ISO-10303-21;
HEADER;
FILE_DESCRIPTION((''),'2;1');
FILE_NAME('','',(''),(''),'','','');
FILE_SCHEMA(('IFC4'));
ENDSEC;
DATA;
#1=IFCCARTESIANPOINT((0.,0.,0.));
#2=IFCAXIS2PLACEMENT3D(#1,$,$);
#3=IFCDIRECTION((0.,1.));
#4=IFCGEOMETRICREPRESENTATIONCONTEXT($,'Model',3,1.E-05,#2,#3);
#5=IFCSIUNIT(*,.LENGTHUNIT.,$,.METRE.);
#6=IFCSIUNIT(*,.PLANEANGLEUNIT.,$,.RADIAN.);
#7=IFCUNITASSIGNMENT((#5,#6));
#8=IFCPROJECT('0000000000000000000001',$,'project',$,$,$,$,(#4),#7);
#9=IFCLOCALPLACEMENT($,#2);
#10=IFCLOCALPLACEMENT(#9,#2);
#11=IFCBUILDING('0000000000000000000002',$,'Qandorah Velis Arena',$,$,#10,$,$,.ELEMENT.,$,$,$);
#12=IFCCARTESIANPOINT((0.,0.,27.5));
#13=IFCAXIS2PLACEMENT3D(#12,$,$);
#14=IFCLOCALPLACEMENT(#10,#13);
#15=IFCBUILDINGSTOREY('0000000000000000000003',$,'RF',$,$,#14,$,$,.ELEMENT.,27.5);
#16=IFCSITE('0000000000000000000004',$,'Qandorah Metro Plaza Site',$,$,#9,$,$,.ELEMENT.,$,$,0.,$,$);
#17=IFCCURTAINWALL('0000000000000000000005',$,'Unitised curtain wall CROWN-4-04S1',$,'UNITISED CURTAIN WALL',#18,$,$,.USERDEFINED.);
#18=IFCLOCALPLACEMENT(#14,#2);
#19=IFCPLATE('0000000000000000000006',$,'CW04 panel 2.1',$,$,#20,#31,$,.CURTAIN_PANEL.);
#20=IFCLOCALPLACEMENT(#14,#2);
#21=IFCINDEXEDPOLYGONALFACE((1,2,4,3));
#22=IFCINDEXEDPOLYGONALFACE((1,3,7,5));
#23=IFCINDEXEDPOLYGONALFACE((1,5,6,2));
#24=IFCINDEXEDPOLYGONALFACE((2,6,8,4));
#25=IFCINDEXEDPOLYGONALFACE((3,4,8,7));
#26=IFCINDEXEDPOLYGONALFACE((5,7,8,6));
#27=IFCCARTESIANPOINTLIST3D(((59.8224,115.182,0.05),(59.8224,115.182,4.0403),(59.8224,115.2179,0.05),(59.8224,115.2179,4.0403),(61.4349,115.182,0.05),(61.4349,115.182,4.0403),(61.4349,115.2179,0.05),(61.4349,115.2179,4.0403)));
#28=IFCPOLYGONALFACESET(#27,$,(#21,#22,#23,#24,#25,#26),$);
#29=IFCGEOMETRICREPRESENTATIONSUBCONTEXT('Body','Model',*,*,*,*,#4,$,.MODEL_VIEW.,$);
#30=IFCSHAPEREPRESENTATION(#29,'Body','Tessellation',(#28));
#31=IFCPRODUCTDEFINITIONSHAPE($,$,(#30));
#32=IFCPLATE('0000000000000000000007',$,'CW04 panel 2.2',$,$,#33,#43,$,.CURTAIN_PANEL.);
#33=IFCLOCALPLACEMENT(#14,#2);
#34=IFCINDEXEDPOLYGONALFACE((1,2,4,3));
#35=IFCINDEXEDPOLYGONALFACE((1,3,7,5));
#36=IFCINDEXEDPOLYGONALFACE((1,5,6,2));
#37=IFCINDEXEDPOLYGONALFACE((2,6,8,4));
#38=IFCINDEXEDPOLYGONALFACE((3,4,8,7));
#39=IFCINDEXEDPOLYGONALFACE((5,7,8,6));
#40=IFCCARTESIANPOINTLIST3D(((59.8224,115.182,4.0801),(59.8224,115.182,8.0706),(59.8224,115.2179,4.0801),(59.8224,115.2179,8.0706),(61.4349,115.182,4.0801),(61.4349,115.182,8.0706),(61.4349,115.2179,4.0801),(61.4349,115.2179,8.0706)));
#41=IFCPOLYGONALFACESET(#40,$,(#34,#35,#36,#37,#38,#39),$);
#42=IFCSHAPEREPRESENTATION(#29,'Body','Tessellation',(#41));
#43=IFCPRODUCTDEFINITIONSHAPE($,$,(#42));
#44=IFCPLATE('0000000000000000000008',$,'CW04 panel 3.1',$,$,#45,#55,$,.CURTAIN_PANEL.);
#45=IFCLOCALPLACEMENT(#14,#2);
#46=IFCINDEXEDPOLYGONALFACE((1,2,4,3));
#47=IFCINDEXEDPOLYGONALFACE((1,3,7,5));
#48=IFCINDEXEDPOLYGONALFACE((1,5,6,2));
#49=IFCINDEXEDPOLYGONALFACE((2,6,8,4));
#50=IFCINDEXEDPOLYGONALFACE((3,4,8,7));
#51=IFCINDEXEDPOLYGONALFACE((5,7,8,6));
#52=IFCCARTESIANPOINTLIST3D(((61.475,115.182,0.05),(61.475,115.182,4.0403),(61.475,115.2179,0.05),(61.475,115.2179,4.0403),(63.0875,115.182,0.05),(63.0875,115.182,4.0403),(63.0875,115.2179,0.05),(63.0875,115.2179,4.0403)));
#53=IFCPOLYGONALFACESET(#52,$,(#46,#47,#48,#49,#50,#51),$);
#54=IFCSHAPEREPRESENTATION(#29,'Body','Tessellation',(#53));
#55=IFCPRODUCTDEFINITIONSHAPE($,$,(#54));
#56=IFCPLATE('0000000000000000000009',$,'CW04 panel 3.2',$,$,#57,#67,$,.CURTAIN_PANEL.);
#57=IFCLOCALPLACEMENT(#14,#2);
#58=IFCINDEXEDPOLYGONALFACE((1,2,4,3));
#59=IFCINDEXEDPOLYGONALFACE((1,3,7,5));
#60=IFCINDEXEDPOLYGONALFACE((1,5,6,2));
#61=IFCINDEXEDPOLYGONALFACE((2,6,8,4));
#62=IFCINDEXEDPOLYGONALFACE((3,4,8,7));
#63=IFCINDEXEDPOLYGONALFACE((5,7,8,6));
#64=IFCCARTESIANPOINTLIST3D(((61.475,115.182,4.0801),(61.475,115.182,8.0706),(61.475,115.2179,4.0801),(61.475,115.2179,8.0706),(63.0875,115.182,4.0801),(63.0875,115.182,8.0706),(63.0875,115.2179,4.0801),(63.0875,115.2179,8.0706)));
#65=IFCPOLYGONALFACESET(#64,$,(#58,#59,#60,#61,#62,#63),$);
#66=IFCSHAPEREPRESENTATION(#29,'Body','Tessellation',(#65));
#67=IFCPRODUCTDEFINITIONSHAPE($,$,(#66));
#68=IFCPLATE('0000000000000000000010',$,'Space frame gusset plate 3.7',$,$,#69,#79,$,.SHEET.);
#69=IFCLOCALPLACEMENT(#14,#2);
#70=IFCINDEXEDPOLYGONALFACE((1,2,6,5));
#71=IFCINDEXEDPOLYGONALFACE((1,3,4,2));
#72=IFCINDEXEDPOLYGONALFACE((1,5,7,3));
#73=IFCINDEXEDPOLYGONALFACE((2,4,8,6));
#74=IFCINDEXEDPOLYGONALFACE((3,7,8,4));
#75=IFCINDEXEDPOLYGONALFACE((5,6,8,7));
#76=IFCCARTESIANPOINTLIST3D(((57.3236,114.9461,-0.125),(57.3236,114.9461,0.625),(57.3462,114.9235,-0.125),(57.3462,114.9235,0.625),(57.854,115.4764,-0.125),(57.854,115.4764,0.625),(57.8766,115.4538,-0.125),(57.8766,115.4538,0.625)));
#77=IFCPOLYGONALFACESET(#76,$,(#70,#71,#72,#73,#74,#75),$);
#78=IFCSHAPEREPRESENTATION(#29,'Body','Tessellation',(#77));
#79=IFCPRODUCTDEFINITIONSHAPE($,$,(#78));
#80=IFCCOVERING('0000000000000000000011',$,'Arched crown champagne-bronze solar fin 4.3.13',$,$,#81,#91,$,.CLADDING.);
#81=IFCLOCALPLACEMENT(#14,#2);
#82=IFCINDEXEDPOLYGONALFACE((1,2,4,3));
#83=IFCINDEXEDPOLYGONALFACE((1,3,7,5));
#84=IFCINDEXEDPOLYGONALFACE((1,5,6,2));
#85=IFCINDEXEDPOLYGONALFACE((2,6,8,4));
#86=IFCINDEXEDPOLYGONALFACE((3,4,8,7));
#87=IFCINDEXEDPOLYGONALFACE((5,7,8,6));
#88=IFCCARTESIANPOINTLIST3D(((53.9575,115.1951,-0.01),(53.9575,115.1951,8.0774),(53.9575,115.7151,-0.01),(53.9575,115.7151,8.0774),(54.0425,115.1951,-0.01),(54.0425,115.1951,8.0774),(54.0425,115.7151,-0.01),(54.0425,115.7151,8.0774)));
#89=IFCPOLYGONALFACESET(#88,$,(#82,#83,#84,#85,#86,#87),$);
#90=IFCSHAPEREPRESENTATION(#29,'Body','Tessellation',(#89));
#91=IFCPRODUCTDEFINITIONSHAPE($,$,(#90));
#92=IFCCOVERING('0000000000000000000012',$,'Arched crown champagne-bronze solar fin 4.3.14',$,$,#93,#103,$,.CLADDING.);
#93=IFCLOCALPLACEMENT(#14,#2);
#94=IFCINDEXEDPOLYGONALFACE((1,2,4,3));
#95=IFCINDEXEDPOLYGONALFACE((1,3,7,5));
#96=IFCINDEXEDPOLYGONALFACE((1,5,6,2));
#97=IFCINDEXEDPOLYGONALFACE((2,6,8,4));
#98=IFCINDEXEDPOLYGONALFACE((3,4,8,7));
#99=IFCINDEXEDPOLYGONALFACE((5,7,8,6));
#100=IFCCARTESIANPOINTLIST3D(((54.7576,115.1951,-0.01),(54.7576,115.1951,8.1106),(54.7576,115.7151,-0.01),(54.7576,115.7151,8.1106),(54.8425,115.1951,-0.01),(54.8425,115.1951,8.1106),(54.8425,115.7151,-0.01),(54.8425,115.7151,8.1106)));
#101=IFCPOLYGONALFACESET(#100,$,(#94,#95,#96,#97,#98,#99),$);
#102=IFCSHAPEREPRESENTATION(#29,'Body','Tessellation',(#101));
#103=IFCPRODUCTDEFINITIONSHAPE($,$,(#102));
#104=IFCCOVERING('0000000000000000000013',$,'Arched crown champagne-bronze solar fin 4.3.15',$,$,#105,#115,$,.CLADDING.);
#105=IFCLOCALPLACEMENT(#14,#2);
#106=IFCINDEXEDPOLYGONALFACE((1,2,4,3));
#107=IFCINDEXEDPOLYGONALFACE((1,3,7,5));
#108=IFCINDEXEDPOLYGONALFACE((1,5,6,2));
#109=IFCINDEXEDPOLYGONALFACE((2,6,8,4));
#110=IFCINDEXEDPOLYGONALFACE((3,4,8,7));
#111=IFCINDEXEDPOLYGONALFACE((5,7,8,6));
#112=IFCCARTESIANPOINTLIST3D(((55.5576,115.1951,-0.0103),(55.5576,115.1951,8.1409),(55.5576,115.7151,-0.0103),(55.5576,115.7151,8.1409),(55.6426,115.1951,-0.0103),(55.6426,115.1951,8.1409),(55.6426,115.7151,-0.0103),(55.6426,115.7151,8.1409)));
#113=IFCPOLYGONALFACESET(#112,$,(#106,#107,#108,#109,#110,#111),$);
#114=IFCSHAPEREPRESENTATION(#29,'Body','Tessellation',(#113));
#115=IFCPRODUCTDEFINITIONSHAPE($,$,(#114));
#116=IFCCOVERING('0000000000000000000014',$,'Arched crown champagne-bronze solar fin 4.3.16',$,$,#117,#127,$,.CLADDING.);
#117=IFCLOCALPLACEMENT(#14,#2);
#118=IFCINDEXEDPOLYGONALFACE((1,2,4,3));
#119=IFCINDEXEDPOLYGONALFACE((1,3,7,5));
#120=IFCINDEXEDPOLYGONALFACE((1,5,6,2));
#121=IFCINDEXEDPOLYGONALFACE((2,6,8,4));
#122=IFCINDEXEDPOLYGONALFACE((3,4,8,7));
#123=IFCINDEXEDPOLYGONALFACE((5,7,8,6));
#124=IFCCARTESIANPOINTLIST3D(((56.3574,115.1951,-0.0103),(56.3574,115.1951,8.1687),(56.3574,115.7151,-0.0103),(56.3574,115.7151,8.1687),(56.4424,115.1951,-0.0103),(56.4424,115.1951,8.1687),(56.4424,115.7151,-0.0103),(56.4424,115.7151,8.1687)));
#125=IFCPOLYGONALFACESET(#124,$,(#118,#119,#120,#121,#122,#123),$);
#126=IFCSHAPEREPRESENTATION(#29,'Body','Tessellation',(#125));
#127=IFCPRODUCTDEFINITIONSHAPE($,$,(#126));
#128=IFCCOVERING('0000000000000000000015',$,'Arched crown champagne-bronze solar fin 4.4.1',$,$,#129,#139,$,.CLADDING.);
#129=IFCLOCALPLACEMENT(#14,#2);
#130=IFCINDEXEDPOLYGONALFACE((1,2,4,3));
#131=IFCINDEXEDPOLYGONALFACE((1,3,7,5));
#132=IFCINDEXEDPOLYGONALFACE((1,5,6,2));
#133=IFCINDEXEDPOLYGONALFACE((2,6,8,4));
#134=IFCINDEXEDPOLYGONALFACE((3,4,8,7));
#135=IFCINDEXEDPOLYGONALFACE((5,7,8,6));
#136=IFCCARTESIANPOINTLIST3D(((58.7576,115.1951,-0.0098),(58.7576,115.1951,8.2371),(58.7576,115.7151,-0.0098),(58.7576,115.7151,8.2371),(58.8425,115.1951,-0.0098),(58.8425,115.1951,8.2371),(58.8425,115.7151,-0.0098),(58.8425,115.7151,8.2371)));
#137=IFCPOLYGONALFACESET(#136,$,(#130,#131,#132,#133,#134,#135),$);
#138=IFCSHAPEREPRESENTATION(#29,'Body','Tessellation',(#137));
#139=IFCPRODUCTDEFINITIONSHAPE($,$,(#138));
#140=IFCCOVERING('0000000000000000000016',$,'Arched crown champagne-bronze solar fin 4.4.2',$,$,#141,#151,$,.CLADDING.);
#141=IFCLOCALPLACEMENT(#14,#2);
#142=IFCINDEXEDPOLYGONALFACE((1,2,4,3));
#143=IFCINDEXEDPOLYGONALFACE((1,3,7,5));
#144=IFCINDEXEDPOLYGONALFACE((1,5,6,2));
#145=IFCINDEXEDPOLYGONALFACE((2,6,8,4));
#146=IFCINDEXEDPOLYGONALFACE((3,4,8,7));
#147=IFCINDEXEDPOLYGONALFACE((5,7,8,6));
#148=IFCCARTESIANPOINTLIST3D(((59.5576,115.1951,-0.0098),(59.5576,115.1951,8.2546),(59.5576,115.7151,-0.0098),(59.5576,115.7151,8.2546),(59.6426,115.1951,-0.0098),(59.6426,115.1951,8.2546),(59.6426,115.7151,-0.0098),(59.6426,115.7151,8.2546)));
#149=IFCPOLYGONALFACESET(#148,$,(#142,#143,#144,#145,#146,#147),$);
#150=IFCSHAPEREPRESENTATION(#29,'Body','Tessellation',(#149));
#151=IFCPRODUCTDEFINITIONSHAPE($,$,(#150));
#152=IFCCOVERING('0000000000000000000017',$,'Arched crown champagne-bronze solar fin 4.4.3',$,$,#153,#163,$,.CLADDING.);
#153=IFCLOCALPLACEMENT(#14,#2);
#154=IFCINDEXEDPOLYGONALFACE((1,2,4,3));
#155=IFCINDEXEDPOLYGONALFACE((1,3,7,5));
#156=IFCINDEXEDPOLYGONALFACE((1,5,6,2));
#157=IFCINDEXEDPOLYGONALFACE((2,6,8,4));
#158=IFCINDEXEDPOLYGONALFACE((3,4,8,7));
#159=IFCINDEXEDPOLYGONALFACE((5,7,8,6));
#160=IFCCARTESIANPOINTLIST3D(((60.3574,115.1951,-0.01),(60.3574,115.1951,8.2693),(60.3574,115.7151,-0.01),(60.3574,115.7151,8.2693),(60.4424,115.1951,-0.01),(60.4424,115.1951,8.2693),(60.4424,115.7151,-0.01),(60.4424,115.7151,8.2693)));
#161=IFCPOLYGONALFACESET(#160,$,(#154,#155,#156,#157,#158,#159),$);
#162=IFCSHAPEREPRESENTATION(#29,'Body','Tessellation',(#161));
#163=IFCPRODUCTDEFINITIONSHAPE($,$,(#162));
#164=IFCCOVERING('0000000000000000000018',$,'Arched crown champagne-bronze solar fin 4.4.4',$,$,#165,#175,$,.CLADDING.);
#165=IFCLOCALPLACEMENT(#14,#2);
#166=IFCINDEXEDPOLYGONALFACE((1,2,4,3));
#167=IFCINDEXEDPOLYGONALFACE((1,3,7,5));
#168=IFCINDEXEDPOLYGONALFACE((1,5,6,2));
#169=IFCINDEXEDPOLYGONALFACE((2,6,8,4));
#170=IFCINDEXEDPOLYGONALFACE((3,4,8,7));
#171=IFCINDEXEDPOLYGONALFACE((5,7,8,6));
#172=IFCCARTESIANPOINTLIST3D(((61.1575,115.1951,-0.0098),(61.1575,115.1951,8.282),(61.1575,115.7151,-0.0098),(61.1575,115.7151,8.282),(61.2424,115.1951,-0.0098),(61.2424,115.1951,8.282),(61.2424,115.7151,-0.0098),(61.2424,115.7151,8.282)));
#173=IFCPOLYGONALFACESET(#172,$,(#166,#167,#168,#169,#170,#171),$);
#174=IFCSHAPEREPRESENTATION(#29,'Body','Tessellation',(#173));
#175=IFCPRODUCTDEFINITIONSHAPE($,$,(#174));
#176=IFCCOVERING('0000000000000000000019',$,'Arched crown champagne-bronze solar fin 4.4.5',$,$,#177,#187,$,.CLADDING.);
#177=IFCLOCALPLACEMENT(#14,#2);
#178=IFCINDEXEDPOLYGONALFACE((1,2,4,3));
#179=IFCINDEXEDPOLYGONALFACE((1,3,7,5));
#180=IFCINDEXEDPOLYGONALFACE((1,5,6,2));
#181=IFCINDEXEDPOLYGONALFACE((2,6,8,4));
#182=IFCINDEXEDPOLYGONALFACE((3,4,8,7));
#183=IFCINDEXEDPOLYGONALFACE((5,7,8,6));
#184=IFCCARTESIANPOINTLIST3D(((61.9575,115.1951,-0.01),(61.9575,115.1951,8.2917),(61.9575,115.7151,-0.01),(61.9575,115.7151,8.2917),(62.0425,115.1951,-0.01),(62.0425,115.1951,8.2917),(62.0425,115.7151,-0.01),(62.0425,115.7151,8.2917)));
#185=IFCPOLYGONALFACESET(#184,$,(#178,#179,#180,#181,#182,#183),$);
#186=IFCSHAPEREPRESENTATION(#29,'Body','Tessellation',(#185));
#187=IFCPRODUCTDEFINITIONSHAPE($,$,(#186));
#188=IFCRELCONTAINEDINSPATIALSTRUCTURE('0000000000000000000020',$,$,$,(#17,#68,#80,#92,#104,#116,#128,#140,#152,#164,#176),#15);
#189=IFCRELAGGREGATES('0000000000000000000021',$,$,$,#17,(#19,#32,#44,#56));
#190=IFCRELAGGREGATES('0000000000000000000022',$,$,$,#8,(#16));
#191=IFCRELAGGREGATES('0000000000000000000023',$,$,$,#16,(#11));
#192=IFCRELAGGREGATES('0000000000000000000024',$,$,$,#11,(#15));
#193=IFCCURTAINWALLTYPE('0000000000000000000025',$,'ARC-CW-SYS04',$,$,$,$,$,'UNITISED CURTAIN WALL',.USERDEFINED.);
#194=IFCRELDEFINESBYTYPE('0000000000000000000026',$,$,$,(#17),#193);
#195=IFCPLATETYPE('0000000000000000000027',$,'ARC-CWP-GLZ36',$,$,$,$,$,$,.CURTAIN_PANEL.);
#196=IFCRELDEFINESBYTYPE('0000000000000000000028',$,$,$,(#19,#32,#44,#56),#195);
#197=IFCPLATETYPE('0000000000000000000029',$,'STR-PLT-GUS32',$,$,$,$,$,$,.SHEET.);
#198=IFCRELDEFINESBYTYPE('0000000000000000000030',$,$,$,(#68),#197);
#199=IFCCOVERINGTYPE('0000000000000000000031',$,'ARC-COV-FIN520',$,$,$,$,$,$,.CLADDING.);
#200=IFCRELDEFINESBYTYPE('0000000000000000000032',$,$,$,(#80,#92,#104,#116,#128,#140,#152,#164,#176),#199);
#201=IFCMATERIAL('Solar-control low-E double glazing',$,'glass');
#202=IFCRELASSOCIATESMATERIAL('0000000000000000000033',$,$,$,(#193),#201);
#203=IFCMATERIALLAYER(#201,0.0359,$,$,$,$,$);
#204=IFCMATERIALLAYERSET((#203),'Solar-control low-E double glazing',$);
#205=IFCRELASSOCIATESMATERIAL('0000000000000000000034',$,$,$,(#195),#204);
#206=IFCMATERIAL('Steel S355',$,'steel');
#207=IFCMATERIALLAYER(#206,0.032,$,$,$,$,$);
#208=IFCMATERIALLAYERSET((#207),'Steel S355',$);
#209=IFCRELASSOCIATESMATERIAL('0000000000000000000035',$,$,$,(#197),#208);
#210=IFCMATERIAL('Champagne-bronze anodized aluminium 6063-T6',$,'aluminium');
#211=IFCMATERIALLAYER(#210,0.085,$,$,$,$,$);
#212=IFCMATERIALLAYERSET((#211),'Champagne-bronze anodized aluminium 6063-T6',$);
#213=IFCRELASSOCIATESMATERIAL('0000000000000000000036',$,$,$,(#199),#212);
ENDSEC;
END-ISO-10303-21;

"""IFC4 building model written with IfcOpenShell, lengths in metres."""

from ifc_helpers import new_model, si_unit, direction, frame, origin, origin_2d, place, context, subcontext, project, spatial, rectangle, extrude, material, layer, layer_set, type_object, element, aggregate, save


model = new_model("IFC4")

# Units and contexts
model_context = context("Model", 3, precision=1e-05, world=origin(), true_north=direction((0.0, 1.0)))
body_context = subcontext(model_context, "Body", "Model", "MODEL_VIEW")
ifc_project = project(units=[si_unit("LENGTHUNIT", "METRE"), si_unit("PLANEANGLEUNIT", "RADIAN")], contexts=[model_context])

# Site, building, storey
site_placement = place(None, origin())
site = spatial("IfcSite", under=ifc_project, at=site_placement, Name="Qandorah Metro Plaza Site", CompositionType="ELEMENT", RefElevation=0.0)
building_placement = place(site_placement, origin())
building = spatial("IfcBuilding", under=site, at=building_placement, Name="Qandorah Velis Arena", CompositionType="ELEMENT")
storey_placement = place(building_placement, frame((0.0, 0.0, 27.5)))
storey = spatial("IfcBuildingStorey", under=building, at=storey_placement, Name="RF", CompositionType="ELEMENT", Elevation=27.5)

# Curtain wall
ifc_material_1 = material(Name="Solar-control low-E double glazing", Category="glass")
curtain_wall_type = type_object("IfcCurtainWallType", Name="ARC-CW-SYS04", ElementType="UNITISED CURTAIN WALL", PredefinedType="USERDEFINED", material=ifc_material_1)
curtain_wall_placement = place(storey_placement, origin())
curtain_wall = element("IfcCurtainWall", 1, at=curtain_wall_placement, inside=storey, type_object=curtain_wall_type, Name="Unitised curtain wall CROWN-4-04S1", ObjectType="UNITISED CURTAIN WALL", PredefinedType="USERDEFINED")
ifc_material_2 = material(Name="Champagne-bronze anodized aluminium 6063-T6", Category="aluminium")

# Shared definitions
ifc_material_3 = material(Name="Steel S355", Category="steel")

# Plates
ifc_layer_1 = layer(ifc_material_1, 0.0359)
ifc_layer_set_1 = layer_set([ifc_layer_1], Name="Solar-control low-E double glazing")
plate_type_1 = type_object("IfcPlateType", Name="ARC-CWP-GLZ36", PredefinedType="CURTAIN_PANEL", material=ifc_layer_set_1)
plate_1_placement = place(storey_placement, frame((60.6287, 115.2, 0.05), z_axis=(0.0, 0.0, 1.0), x_axis=(1.0, 0.0, 0.0)))
plate_1 = element("IfcPlate", 2, at=plate_1_placement, type_object=plate_type_1, Name="CW04 panel 2.1", PredefinedType="CURTAIN_PANEL", context=body_context, shape_type="SweptSolid", body=[
    extrude(rectangle(XDim=1.6125, YDim=0.0359, at=origin_2d()), origin(), (0.0, 0.0, 1.0), 3.9902),
])
plate_2_placement = place(storey_placement, frame((60.6287, 115.2, 4.0801), z_axis=(0.0, 0.0, 1.0), x_axis=(1.0, 0.0, 0.0)))
plate_2 = element("IfcPlate", 3, at=plate_2_placement, type_object=plate_type_1, Name="CW04 panel 2.2", PredefinedType="CURTAIN_PANEL", context=body_context, shape_type="SweptSolid", body=[
    extrude(rectangle(XDim=1.6125, YDim=0.0359, at=origin_2d()), origin(), (0.0, 0.0, 1.0), 3.9905),
])
plate_3_placement = place(storey_placement, frame((62.2812, 115.2, 0.05), z_axis=(0.0, 0.0, 1.0), x_axis=(1.0, 0.0, 0.0)))
plate_3 = element("IfcPlate", 4, at=plate_3_placement, type_object=plate_type_1, Name="CW04 panel 3.1", PredefinedType="CURTAIN_PANEL", context=body_context, shape_type="SweptSolid", body=[
    extrude(rectangle(XDim=1.6125, YDim=0.0359, at=origin_2d()), origin(), (0.0, 0.0, 1.0), 3.9902),
])
plate_4_placement = place(storey_placement, frame((62.2812, 115.2, 4.0801), z_axis=(0.0, 0.0, 1.0), x_axis=(1.0, 0.0, 0.0)))
plate_4 = element("IfcPlate", 5, at=plate_4_placement, type_object=plate_type_1, Name="CW04 panel 3.2", PredefinedType="CURTAIN_PANEL", context=body_context, shape_type="SweptSolid", body=[
    extrude(rectangle(XDim=1.6125, YDim=0.0359, at=origin_2d()), origin(), (0.0, 0.0, 1.0), 3.9905),
])
aggregate(curtain_wall, [plate_1, plate_2, plate_3, plate_4])
ifc_layer_2 = layer(ifc_material_3, 0.032)
ifc_layer_set_2 = layer_set([ifc_layer_2], Name="Steel S355")
plate_type_2 = type_object("IfcPlateType", Name="STR-PLT-GUS32", PredefinedType="SHEET", material=ifc_layer_set_2)
plate_5_placement = place(storey_placement, frame((57.6001, 115.2, -0.125), z_axis=(0.0, 0.0, 1.0), x_axis=(0.707107, 0.707107, 0.0)))
element("IfcPlate", 6, at=plate_5_placement, inside=storey, type_object=plate_type_2, Name="Space frame gusset plate 3.7", PredefinedType="SHEET", context=body_context, shape_type="SweptSolid", body=[
    extrude(rectangle(XDim=0.75, YDim=0.032, at=origin_2d()), origin(), (0.0, 0.0, 1.0), 0.75),
])

# Coverings
ifc_layer_3 = layer(ifc_material_2, 0.085)
ifc_layer_set_3 = layer_set([ifc_layer_3], Name="Champagne-bronze anodized aluminium 6063-T6")
covering_type = type_object("IfcCoveringType", Name="ARC-COV-FIN520", PredefinedType="CLADDING", material=ifc_layer_set_3)
covering_1_placement = place(storey_placement, frame((54.0, 115.4551, -0.01), z_axis=(0.0, 0.0, 1.0), x_axis=(1.0, 0.0, 0.0)))
element("IfcCovering", 7, at=covering_1_placement, inside=storey, type_object=covering_type, Name="Arched crown champagne-bronze solar fin 4.3.13", PredefinedType="CLADDING", context=body_context, shape_type="SweptSolid", body=[
    extrude(rectangle(XDim=0.085, YDim=0.52, at=origin_2d()), origin(), (0.0, 0.0, 1.0), 8.0874),
])
covering_2_placement = place(storey_placement, frame((54.8, 115.4551, -0.01), z_axis=(0.0, 0.0, 1.0), x_axis=(1.0, 0.0, 0.0)))
element("IfcCovering", 8, at=covering_2_placement, inside=storey, type_object=covering_type, Name="Arched crown champagne-bronze solar fin 4.3.14", PredefinedType="CLADDING", context=body_context, shape_type="SweptSolid", body=[
    extrude(rectangle(XDim=0.085, YDim=0.52, at=origin_2d()), origin(), (0.0, 0.0, 1.0), 8.1206),
])
covering_3_placement = place(storey_placement, frame((55.6001, 115.4551, -0.0103), z_axis=(0.0, 0.0, 1.0), x_axis=(1.0, 0.0, 0.0)))
element("IfcCovering", 9, at=covering_3_placement, inside=storey, type_object=covering_type, Name="Arched crown champagne-bronze solar fin 4.3.15", PredefinedType="CLADDING", context=body_context, shape_type="SweptSolid", body=[
    extrude(rectangle(XDim=0.085, YDim=0.52, at=origin_2d()), origin(), (0.0, 0.0, 1.0), 8.1511),
])
covering_4_placement = place(storey_placement, frame((56.3999, 115.4551, -0.0103), z_axis=(0.0, 0.0, 1.0), x_axis=(1.0, 0.0, 0.0)))
element("IfcCovering", 10, at=covering_4_placement, inside=storey, type_object=covering_type, Name="Arched crown champagne-bronze solar fin 4.3.16", PredefinedType="CLADDING", context=body_context, shape_type="SweptSolid", body=[
    extrude(rectangle(XDim=0.085, YDim=0.52, at=origin_2d()), origin(), (0.0, 0.0, 1.0), 8.179),
])
covering_5_placement = place(storey_placement, frame((58.8, 115.4551, -0.0098), z_axis=(0.0, 0.0, 1.0), x_axis=(1.0, 0.0, 0.0)))
element("IfcCovering", 11, at=covering_5_placement, inside=storey, type_object=covering_type, Name="Arched crown champagne-bronze solar fin 4.4.1", PredefinedType="CLADDING", context=body_context, shape_type="SweptSolid", body=[
    extrude(rectangle(XDim=0.085, YDim=0.52, at=origin_2d()), origin(), (0.0, 0.0, 1.0), 8.2468),
])
covering_6_placement = place(storey_placement, frame((59.6001, 115.4551, -0.0098), z_axis=(0.0, 0.0, 1.0), x_axis=(1.0, 0.0, 0.0)))
element("IfcCovering", 12, at=covering_6_placement, inside=storey, type_object=covering_type, Name="Arched crown champagne-bronze solar fin 4.4.2", PredefinedType="CLADDING", context=body_context, shape_type="SweptSolid", body=[
    extrude(rectangle(XDim=0.085, YDim=0.52, at=origin_2d()), origin(), (0.0, 0.0, 1.0), 8.2644),
])
covering_7_placement = place(storey_placement, frame((60.3999, 115.4551, -0.01), z_axis=(0.0, 0.0, 1.0), x_axis=(1.0, 0.0, 0.0)))
element("IfcCovering", 13, at=covering_7_placement, inside=storey, type_object=covering_type, Name="Arched crown champagne-bronze solar fin 4.4.3", PredefinedType="CLADDING", context=body_context, shape_type="SweptSolid", body=[
    extrude(rectangle(XDim=0.085, YDim=0.52, at=origin_2d()), origin(), (0.0, 0.0, 1.0), 8.2793),
])
covering_8_placement = place(storey_placement, frame((61.2, 115.4551, -0.0098), z_axis=(0.0, 0.0, 1.0), x_axis=(1.0, 0.0, 0.0)))
element("IfcCovering", 14, at=covering_8_placement, inside=storey, type_object=covering_type, Name="Arched crown champagne-bronze solar fin 4.4.4", PredefinedType="CLADDING", context=body_context, shape_type="SweptSolid", body=[
    extrude(rectangle(XDim=0.085, YDim=0.52, at=origin_2d()), origin(), (0.0, 0.0, 1.0), 8.2917),
])
covering_9_placement = place(storey_placement, frame((62.0, 115.4551, -0.01), z_axis=(0.0, 0.0, 1.0), x_axis=(1.0, 0.0, 0.0)))
element("IfcCovering", 15, at=covering_9_placement, inside=storey, type_object=covering_type, Name="Arched crown champagne-bronze solar fin 4.4.5", PredefinedType="CLADDING", context=body_context, shape_type="SweptSolid", body=[
    extrude(rectangle(XDim=0.085, YDim=0.52, at=origin_2d()), origin(), (0.0, 0.0, 1.0), 8.3018),
])

save(model, "model.ifc")
